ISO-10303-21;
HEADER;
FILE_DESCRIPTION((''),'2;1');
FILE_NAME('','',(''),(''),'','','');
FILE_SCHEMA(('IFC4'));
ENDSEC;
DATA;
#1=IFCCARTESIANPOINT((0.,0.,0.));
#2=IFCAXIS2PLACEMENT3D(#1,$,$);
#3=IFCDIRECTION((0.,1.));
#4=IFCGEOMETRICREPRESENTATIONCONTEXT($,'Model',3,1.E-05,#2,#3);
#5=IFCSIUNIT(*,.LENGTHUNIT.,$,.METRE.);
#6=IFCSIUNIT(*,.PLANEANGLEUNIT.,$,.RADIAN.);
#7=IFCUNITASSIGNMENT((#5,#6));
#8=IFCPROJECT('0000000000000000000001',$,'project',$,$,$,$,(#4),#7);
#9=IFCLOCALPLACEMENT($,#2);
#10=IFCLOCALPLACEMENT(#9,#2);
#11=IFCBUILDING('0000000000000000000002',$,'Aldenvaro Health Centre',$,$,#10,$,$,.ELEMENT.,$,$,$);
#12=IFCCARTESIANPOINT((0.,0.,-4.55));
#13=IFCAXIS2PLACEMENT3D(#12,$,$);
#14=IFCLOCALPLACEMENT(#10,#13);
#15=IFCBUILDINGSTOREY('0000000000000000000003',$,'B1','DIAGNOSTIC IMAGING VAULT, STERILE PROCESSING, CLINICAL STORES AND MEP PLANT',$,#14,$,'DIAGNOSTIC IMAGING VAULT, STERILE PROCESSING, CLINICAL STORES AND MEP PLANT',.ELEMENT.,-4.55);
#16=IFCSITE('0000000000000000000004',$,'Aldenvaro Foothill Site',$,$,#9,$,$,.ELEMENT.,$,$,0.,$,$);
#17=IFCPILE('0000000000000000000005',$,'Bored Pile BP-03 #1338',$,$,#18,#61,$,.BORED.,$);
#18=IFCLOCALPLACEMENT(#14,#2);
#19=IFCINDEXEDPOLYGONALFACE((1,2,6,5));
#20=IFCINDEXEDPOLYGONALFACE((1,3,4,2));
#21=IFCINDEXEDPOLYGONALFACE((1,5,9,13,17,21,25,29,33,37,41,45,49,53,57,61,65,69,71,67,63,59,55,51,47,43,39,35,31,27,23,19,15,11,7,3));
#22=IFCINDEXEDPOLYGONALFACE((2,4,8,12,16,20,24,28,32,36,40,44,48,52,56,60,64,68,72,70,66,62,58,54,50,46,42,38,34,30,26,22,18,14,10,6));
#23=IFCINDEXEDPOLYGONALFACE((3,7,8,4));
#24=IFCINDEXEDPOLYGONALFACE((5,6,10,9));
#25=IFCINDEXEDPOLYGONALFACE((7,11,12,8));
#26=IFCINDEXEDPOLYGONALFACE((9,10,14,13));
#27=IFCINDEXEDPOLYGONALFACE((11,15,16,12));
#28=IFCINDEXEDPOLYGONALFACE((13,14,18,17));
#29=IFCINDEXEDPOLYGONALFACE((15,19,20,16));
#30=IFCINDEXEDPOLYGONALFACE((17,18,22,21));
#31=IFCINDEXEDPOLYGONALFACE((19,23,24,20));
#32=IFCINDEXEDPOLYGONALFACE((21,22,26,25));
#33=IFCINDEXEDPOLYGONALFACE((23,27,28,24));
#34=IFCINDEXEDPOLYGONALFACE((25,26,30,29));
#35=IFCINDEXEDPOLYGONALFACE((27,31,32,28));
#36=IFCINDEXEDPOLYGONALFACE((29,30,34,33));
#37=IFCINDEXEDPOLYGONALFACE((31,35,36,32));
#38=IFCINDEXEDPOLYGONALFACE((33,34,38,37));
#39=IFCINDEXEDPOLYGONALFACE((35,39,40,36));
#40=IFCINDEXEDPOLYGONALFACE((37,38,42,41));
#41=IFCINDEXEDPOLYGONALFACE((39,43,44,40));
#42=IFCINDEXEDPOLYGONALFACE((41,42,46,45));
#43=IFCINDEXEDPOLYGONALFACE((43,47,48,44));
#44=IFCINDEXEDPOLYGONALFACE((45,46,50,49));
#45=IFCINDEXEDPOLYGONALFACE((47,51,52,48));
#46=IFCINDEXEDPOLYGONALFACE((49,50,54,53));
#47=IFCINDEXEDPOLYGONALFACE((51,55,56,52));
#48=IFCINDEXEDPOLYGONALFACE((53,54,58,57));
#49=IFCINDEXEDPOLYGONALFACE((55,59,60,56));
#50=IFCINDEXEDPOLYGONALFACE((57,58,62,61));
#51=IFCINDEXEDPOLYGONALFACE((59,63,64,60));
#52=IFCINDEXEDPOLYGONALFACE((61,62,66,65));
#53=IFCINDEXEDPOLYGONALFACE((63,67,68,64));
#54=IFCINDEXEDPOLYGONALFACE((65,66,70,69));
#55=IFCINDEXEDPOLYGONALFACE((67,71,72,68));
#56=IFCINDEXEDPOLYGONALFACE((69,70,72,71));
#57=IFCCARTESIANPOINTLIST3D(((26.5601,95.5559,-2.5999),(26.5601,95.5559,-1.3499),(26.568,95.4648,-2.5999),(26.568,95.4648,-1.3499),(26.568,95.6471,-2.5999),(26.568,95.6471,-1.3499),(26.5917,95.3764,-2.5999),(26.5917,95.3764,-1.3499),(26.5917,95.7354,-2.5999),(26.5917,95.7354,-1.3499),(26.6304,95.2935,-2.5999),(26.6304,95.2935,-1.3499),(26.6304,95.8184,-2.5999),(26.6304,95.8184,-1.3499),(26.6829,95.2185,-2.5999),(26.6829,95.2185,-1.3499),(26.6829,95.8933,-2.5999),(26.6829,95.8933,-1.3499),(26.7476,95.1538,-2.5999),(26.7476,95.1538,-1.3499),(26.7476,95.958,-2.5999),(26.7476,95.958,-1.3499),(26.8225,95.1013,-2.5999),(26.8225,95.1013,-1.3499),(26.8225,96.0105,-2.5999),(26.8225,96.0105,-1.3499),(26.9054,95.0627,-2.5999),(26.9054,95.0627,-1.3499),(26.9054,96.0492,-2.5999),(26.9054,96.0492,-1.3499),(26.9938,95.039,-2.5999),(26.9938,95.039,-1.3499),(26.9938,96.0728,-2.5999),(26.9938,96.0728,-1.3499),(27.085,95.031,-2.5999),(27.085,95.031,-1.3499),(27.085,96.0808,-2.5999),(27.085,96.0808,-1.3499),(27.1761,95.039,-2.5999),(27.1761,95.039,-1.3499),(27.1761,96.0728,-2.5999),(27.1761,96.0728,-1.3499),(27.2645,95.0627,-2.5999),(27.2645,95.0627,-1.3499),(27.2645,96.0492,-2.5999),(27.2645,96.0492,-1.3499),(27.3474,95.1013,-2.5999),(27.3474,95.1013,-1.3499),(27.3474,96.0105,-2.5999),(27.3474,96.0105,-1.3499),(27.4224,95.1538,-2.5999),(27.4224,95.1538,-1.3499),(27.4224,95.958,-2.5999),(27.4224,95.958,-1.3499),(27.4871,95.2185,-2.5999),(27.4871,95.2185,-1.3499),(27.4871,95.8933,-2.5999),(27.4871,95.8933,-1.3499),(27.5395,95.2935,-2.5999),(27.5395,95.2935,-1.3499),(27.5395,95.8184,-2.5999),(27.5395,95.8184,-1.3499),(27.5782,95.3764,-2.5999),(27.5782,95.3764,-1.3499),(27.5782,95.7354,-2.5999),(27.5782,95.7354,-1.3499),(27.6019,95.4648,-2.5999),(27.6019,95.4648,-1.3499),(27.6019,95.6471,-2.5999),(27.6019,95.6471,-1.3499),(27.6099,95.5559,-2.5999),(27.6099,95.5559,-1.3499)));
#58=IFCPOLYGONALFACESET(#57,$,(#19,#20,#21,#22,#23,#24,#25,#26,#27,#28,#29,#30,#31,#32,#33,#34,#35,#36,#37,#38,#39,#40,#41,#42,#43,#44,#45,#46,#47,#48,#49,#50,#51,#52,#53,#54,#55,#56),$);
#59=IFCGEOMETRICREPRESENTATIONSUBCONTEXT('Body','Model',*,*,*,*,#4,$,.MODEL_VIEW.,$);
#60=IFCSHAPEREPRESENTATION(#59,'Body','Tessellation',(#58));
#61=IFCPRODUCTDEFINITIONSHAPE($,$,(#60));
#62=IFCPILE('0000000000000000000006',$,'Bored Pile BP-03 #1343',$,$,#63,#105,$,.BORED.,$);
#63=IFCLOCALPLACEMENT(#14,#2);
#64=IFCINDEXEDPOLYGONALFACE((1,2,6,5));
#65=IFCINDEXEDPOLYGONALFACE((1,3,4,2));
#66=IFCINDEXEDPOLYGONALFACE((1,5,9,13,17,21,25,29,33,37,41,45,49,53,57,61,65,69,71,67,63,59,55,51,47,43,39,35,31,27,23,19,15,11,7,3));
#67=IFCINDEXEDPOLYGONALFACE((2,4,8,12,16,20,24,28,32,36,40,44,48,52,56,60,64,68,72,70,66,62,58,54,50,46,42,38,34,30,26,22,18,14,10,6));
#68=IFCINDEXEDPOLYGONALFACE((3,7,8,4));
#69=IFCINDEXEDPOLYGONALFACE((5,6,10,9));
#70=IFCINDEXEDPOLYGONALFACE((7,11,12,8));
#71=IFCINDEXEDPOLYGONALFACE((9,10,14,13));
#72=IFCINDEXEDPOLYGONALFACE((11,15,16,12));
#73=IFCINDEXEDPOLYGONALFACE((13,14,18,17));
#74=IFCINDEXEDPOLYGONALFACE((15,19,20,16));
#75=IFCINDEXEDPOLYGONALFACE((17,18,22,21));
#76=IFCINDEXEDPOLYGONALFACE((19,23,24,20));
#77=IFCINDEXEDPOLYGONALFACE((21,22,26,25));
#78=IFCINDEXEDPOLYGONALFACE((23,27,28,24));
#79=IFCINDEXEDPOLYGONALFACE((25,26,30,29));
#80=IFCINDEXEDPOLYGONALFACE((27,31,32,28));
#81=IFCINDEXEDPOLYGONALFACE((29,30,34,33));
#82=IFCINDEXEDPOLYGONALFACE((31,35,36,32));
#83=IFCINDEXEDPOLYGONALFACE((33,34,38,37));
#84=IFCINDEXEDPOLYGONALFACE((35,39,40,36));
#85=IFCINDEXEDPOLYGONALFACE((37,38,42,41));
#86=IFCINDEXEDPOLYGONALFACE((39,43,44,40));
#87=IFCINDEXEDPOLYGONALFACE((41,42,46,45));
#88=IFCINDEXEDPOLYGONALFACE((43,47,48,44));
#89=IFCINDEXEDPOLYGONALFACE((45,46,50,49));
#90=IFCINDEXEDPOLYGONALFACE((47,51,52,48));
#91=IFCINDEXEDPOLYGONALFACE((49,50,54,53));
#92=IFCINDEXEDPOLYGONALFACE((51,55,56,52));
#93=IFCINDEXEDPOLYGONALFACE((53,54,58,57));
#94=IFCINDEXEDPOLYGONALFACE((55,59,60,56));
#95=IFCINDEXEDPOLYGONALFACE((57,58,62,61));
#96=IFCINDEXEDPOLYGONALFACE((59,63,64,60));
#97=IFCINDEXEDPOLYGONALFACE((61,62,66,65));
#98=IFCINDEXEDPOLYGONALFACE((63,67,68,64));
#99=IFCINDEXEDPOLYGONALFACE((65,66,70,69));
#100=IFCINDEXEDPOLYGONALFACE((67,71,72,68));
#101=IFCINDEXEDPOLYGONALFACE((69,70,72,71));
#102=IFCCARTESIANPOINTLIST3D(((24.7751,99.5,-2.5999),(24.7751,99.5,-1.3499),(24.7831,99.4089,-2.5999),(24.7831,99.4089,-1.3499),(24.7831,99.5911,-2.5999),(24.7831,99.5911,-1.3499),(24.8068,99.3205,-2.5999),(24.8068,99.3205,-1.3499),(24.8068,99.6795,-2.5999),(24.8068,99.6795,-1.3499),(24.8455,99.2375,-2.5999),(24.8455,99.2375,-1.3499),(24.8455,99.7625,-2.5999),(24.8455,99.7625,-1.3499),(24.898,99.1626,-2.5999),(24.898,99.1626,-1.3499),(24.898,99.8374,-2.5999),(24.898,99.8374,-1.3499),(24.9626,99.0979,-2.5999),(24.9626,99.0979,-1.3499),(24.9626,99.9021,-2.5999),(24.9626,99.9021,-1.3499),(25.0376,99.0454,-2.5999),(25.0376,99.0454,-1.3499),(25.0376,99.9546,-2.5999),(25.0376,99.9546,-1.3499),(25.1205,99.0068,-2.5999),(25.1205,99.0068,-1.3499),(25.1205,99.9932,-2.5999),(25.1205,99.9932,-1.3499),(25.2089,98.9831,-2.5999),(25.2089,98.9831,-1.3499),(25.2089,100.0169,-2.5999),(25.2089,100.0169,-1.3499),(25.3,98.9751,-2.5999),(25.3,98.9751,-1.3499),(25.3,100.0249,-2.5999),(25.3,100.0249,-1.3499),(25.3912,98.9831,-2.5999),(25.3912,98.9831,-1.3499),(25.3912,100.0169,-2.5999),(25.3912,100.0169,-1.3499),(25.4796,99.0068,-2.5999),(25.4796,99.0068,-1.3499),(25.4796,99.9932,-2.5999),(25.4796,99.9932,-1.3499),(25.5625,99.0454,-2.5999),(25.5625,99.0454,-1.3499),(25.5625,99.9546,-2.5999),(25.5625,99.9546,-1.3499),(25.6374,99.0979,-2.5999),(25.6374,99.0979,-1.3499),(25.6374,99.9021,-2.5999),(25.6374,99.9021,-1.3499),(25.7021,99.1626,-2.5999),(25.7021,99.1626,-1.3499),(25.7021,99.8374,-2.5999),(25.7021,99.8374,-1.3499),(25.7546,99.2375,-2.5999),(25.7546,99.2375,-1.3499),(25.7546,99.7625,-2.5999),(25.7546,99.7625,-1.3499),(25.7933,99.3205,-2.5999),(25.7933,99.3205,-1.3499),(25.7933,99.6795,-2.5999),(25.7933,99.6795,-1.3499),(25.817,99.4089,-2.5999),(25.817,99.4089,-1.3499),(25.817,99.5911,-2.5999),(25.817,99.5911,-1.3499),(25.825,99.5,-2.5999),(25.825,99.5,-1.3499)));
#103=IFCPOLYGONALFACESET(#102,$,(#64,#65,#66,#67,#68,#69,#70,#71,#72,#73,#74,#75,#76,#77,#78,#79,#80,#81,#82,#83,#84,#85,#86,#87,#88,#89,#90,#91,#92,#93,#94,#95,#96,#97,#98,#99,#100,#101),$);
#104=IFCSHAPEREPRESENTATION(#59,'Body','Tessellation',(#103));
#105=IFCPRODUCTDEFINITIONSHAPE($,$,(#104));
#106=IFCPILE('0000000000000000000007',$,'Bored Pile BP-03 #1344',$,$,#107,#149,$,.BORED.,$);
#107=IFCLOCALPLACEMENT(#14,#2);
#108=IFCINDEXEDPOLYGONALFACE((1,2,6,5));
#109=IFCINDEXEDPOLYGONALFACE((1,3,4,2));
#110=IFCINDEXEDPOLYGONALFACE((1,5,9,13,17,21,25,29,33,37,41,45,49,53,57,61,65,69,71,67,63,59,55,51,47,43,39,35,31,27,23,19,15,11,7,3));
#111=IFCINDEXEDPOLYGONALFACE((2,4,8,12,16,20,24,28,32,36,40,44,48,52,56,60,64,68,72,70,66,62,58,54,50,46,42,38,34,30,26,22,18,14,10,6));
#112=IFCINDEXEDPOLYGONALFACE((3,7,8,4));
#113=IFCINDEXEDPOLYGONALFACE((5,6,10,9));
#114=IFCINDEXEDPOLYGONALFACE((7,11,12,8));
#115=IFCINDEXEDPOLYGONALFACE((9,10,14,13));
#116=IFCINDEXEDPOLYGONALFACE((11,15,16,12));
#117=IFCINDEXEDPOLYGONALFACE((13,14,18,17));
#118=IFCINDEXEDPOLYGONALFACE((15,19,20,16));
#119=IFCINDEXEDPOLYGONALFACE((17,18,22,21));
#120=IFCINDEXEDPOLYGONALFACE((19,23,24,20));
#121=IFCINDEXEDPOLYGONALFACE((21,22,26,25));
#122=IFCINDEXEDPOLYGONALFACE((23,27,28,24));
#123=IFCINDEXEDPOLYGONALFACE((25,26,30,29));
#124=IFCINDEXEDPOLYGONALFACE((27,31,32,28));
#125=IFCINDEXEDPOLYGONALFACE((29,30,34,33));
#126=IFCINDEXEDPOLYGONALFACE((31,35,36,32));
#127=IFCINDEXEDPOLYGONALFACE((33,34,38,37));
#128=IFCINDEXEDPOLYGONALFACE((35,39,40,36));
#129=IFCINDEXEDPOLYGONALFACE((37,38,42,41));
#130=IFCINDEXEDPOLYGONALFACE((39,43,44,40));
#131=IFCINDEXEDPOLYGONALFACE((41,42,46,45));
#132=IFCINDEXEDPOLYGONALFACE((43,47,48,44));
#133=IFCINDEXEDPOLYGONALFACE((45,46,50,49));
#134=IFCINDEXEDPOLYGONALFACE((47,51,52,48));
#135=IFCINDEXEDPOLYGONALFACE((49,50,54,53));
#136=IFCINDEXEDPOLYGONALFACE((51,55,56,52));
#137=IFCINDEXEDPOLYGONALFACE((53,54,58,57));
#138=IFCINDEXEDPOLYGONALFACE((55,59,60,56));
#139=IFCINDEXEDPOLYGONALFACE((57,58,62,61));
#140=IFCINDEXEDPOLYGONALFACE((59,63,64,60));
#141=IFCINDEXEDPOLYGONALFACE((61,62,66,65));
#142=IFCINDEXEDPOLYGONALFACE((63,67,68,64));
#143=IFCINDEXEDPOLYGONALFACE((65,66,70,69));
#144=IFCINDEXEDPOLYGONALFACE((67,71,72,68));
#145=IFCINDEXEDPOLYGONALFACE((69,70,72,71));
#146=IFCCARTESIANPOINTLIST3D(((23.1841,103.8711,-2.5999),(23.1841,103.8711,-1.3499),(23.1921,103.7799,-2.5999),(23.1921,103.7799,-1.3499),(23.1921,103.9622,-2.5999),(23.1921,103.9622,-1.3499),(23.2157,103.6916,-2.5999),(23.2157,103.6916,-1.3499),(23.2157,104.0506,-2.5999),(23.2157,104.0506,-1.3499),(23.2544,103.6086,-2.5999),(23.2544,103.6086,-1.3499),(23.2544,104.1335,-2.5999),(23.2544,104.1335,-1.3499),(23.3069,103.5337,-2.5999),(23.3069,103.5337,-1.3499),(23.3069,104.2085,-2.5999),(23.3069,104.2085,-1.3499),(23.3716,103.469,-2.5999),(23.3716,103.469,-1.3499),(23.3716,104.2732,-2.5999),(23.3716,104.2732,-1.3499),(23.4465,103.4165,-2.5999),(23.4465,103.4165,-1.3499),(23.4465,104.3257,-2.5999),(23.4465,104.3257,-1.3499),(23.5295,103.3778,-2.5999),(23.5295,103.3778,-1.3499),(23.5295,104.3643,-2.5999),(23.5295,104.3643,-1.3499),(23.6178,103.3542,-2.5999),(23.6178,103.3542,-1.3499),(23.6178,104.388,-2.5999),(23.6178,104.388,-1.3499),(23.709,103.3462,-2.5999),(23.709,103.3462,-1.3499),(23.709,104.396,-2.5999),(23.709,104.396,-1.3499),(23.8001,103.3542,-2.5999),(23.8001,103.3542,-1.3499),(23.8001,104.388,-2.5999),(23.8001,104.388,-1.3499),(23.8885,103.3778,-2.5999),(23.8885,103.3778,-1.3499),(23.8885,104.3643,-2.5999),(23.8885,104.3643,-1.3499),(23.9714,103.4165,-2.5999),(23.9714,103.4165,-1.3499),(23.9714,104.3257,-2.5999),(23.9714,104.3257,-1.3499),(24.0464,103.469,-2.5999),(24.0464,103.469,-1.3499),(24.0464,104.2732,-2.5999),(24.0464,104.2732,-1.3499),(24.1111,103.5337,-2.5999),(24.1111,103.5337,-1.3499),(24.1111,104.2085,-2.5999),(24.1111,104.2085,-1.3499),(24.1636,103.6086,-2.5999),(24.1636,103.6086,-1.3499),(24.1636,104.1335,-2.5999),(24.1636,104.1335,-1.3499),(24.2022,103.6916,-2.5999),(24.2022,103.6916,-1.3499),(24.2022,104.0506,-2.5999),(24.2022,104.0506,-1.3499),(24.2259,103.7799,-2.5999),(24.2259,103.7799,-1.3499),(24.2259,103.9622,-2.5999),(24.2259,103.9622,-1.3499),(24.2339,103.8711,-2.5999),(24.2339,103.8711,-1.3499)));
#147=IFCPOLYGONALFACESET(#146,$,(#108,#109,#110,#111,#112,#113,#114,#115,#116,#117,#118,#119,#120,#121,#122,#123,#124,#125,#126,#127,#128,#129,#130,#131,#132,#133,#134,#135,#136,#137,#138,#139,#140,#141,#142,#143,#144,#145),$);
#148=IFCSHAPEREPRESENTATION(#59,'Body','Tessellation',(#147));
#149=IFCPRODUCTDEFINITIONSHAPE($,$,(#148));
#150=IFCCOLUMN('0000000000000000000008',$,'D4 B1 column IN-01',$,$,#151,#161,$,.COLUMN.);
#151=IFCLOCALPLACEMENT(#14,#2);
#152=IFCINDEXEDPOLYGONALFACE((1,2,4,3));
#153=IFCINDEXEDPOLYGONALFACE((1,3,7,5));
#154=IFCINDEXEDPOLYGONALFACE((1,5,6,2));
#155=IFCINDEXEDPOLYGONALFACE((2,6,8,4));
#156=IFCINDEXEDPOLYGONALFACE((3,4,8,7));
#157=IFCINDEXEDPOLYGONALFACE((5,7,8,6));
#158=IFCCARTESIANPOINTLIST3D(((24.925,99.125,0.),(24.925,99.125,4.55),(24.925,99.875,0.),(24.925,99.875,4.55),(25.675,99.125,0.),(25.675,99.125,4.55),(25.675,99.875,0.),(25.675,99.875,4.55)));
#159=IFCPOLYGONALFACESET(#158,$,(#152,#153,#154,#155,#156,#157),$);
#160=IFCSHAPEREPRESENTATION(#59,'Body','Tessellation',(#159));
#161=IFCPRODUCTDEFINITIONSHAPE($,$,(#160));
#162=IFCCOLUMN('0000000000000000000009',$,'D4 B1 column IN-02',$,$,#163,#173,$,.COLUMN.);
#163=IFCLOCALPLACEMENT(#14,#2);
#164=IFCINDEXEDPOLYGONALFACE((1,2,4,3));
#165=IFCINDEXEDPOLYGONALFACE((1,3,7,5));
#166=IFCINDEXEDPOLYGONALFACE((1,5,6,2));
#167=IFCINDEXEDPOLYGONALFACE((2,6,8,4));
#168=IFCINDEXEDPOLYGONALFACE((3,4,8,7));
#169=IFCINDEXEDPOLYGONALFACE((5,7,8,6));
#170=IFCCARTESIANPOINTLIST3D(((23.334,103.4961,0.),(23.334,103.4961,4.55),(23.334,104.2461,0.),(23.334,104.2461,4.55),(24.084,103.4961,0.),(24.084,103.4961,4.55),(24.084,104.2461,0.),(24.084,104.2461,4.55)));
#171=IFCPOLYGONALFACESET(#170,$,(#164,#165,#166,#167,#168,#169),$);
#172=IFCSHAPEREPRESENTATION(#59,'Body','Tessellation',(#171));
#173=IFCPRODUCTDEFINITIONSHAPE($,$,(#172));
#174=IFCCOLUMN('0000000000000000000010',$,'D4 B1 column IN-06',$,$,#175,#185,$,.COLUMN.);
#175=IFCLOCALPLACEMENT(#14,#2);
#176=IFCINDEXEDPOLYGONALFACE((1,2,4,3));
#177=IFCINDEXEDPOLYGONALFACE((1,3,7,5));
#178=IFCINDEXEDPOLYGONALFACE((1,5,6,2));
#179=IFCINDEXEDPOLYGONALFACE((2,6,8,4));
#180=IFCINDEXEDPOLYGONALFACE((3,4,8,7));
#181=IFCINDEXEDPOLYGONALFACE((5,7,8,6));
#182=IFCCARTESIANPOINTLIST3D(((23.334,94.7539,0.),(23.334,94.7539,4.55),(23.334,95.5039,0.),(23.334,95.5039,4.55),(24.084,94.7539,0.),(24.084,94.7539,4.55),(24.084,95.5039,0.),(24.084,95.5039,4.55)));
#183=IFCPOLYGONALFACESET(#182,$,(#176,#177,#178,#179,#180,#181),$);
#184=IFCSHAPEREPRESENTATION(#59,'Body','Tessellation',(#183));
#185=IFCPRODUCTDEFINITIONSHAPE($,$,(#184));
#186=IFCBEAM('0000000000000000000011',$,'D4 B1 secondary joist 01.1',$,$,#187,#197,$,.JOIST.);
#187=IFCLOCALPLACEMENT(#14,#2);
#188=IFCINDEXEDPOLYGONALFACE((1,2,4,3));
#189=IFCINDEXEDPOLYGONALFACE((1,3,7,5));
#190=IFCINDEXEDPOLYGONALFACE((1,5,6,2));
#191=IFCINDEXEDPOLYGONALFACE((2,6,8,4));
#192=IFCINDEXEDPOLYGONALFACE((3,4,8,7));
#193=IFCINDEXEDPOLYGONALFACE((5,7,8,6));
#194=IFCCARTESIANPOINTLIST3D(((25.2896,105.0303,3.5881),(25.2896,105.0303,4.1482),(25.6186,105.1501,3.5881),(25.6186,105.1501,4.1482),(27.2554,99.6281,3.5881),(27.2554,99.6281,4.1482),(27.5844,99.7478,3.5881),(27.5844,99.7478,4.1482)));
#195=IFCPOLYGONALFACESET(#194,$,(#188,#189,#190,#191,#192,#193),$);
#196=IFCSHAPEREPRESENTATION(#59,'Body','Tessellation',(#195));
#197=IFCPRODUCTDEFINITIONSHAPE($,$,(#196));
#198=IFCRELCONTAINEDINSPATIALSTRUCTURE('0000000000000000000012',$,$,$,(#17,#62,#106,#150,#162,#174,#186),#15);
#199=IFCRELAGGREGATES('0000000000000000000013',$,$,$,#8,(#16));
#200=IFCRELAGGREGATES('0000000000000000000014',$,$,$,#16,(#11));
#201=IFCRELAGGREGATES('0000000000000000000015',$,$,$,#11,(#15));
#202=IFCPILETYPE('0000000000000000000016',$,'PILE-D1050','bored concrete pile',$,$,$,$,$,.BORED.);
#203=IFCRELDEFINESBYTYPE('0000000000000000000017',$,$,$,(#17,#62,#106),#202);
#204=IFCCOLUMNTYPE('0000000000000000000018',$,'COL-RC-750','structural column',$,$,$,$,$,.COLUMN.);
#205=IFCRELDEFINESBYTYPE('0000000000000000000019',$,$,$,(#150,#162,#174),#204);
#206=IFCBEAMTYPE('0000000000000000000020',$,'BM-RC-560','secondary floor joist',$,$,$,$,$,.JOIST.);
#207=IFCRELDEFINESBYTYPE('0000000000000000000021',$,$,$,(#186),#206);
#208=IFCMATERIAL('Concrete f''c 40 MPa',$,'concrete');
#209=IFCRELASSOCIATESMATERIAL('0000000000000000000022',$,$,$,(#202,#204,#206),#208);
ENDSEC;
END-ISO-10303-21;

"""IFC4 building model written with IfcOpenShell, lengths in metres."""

from ifc_helpers import new_model, si_unit, direction, frame, origin, origin_2d, place, context, subcontext, project, spatial, rectangle, circle, extrude, material, material_profile, profile_set, type_object, element, save


model = new_model("IFC4")

# Units and contexts
model_context = context("Model", 3, precision=1e-05, world=origin(), true_north=direction((0.0, 1.0)))
body_context = subcontext(model_context, "Body", "Model", "MODEL_VIEW")
ifc_project = project(units=[si_unit("LENGTHUNIT", "METRE"), si_unit("PLANEANGLEUNIT", "RADIAN")], contexts=[model_context])

# Site, building, storey
site_placement = place(None, origin())
site = spatial("IfcSite", under=ifc_project, at=site_placement, Name="Aldenvaro Foothill Site", CompositionType="ELEMENT", RefElevation=0.0)
building_placement = place(site_placement, origin())
building = spatial("IfcBuilding", under=site, at=building_placement, Name="Aldenvaro Health Centre", CompositionType="ELEMENT")
storey_placement = place(building_placement, frame((0.0, 0.0, -4.55)))
storey = spatial("IfcBuildingStorey", under=building, at=storey_placement, Name="B1", Description="DIAGNOSTIC IMAGING VAULT, STERILE PROCESSING, CLINICAL STORES AND MEP PLANT", LongName="DIAGNOSTIC IMAGING VAULT, STERILE PROCESSING, CLINICAL STORES AND MEP PLANT", CompositionType="ELEMENT", Elevation=-4.55)

# Shared definitions
ifc_material_1 = material(Name="Concrete f'c 40 MPa", Category="concrete")

# Piles
ifc_material_profile_1 = material_profile(ifc_material_1, circle(Radius=0.5249, at=origin_2d()), Name="PILE D1050", Category="concrete")
ifc_profile_set_1 = profile_set([ifc_material_profile_1], Name="Concrete f'c 40 MPa")
pile_type = type_object("IfcPileType", Name="PILE-D1050", Description="bored concrete pile", PredefinedType="BORED", material=ifc_profile_set_1)
for number, where, z_axis, x_axis, name in (
    (1, (27.085, 95.5559, -1.3499), (0.0, 0.0, -1.0), (1.0, 0.0, 0.0), "Bored Pile BP-03 #1338"),
    (2, (25.3, 99.5, -1.3499), (0.0, 0.0, -1.0), (1.0, 0.0, 0.0), "Bored Pile BP-03 #1343"),
    (3, (23.709, 103.8711, -1.3499), (0.0, 0.0, -1.0), (1.0, 0.0, 0.0), "Bored Pile BP-03 #1344"),
):
    element("IfcPile", number, at=place(storey_placement, frame(where, z_axis=z_axis, x_axis=x_axis)), inside=storey, type_object=pile_type, Name=name, PredefinedType="BORED", context=body_context, shape_type="SweptSolid", body=[
        extrude(circle(Radius=0.5249, at=origin_2d()), origin(), (0.0, 0.0, 1.0), 1.25),
    ])

# Columns
ifc_material_profile_2 = material_profile(ifc_material_1, rectangle(XDim=0.75, YDim=0.75, at=origin_2d()), Name="RC 750x750", Category="concrete")
ifc_profile_set_2 = profile_set([ifc_material_profile_2], Name="Concrete f'c 40 MPa")
column_type = type_object("IfcColumnType", Name="COL-RC-750", Description="structural column", PredefinedType="COLUMN", material=ifc_profile_set_2)
for number, where, z_axis, x_axis, name in (
    (4, (25.3, 99.5, 0.0), (0.0, 0.0, 1.0), (1.0, 0.0, 0.0), "D4 B1 column IN-01"),
    (5, (23.709, 103.8711, 0.0), (0.0, 0.0, 1.0), (1.0, 0.0, 0.0), "D4 B1 column IN-02"),
    (6, (23.709, 95.1289, 0.0), (0.0, 0.0, 1.0), (1.0, 0.0, 0.0), "D4 B1 column IN-06"),
):
    element("IfcColumn", number, at=place(storey_placement, frame(where, z_axis=z_axis, x_axis=x_axis)), inside=storey, type_object=column_type, Name=name, PredefinedType="COLUMN", context=body_context, shape_type="SweptSolid", body=[
        extrude(rectangle(XDim=0.75, YDim=0.75, at=origin_2d()), origin(), (0.0, 0.0, 1.0), 4.55),
    ])

# Beam
ifc_material_profile_3 = material_profile(ifc_material_1, rectangle(XDim=0.3501, YDim=0.5601, at=origin_2d()), Name="RC 350x560", Category="concrete")
ifc_profile_set_3 = profile_set([ifc_material_profile_3], Name="Concrete f'c 40 MPa")
beam_type_1 = type_object("IfcBeamType", Name="BM-RC-560", Description="secondary floor joist", PredefinedType="JOIST", material=ifc_profile_set_3)
beam_1_placement = place(storey_placement, frame((27.4199, 99.688, 3.8682), z_axis=(-0.341961, 0.939714, 0.0), x_axis=(-0.939714, -0.341961, 0.0)))
element("IfcBeam", 7, at=beam_1_placement, inside=storey, type_object=beam_type_1, Name="D4 B1 secondary joist 01.1", PredefinedType="JOIST", context=body_context, shape_type="SweptSolid", body=[
    extrude(rectangle(XDim=0.3501, YDim=0.5601, at=origin_2d()), origin(), (0.0, 0.0, 1.0), 5.7488),
])

save(model, "model.ifc")
